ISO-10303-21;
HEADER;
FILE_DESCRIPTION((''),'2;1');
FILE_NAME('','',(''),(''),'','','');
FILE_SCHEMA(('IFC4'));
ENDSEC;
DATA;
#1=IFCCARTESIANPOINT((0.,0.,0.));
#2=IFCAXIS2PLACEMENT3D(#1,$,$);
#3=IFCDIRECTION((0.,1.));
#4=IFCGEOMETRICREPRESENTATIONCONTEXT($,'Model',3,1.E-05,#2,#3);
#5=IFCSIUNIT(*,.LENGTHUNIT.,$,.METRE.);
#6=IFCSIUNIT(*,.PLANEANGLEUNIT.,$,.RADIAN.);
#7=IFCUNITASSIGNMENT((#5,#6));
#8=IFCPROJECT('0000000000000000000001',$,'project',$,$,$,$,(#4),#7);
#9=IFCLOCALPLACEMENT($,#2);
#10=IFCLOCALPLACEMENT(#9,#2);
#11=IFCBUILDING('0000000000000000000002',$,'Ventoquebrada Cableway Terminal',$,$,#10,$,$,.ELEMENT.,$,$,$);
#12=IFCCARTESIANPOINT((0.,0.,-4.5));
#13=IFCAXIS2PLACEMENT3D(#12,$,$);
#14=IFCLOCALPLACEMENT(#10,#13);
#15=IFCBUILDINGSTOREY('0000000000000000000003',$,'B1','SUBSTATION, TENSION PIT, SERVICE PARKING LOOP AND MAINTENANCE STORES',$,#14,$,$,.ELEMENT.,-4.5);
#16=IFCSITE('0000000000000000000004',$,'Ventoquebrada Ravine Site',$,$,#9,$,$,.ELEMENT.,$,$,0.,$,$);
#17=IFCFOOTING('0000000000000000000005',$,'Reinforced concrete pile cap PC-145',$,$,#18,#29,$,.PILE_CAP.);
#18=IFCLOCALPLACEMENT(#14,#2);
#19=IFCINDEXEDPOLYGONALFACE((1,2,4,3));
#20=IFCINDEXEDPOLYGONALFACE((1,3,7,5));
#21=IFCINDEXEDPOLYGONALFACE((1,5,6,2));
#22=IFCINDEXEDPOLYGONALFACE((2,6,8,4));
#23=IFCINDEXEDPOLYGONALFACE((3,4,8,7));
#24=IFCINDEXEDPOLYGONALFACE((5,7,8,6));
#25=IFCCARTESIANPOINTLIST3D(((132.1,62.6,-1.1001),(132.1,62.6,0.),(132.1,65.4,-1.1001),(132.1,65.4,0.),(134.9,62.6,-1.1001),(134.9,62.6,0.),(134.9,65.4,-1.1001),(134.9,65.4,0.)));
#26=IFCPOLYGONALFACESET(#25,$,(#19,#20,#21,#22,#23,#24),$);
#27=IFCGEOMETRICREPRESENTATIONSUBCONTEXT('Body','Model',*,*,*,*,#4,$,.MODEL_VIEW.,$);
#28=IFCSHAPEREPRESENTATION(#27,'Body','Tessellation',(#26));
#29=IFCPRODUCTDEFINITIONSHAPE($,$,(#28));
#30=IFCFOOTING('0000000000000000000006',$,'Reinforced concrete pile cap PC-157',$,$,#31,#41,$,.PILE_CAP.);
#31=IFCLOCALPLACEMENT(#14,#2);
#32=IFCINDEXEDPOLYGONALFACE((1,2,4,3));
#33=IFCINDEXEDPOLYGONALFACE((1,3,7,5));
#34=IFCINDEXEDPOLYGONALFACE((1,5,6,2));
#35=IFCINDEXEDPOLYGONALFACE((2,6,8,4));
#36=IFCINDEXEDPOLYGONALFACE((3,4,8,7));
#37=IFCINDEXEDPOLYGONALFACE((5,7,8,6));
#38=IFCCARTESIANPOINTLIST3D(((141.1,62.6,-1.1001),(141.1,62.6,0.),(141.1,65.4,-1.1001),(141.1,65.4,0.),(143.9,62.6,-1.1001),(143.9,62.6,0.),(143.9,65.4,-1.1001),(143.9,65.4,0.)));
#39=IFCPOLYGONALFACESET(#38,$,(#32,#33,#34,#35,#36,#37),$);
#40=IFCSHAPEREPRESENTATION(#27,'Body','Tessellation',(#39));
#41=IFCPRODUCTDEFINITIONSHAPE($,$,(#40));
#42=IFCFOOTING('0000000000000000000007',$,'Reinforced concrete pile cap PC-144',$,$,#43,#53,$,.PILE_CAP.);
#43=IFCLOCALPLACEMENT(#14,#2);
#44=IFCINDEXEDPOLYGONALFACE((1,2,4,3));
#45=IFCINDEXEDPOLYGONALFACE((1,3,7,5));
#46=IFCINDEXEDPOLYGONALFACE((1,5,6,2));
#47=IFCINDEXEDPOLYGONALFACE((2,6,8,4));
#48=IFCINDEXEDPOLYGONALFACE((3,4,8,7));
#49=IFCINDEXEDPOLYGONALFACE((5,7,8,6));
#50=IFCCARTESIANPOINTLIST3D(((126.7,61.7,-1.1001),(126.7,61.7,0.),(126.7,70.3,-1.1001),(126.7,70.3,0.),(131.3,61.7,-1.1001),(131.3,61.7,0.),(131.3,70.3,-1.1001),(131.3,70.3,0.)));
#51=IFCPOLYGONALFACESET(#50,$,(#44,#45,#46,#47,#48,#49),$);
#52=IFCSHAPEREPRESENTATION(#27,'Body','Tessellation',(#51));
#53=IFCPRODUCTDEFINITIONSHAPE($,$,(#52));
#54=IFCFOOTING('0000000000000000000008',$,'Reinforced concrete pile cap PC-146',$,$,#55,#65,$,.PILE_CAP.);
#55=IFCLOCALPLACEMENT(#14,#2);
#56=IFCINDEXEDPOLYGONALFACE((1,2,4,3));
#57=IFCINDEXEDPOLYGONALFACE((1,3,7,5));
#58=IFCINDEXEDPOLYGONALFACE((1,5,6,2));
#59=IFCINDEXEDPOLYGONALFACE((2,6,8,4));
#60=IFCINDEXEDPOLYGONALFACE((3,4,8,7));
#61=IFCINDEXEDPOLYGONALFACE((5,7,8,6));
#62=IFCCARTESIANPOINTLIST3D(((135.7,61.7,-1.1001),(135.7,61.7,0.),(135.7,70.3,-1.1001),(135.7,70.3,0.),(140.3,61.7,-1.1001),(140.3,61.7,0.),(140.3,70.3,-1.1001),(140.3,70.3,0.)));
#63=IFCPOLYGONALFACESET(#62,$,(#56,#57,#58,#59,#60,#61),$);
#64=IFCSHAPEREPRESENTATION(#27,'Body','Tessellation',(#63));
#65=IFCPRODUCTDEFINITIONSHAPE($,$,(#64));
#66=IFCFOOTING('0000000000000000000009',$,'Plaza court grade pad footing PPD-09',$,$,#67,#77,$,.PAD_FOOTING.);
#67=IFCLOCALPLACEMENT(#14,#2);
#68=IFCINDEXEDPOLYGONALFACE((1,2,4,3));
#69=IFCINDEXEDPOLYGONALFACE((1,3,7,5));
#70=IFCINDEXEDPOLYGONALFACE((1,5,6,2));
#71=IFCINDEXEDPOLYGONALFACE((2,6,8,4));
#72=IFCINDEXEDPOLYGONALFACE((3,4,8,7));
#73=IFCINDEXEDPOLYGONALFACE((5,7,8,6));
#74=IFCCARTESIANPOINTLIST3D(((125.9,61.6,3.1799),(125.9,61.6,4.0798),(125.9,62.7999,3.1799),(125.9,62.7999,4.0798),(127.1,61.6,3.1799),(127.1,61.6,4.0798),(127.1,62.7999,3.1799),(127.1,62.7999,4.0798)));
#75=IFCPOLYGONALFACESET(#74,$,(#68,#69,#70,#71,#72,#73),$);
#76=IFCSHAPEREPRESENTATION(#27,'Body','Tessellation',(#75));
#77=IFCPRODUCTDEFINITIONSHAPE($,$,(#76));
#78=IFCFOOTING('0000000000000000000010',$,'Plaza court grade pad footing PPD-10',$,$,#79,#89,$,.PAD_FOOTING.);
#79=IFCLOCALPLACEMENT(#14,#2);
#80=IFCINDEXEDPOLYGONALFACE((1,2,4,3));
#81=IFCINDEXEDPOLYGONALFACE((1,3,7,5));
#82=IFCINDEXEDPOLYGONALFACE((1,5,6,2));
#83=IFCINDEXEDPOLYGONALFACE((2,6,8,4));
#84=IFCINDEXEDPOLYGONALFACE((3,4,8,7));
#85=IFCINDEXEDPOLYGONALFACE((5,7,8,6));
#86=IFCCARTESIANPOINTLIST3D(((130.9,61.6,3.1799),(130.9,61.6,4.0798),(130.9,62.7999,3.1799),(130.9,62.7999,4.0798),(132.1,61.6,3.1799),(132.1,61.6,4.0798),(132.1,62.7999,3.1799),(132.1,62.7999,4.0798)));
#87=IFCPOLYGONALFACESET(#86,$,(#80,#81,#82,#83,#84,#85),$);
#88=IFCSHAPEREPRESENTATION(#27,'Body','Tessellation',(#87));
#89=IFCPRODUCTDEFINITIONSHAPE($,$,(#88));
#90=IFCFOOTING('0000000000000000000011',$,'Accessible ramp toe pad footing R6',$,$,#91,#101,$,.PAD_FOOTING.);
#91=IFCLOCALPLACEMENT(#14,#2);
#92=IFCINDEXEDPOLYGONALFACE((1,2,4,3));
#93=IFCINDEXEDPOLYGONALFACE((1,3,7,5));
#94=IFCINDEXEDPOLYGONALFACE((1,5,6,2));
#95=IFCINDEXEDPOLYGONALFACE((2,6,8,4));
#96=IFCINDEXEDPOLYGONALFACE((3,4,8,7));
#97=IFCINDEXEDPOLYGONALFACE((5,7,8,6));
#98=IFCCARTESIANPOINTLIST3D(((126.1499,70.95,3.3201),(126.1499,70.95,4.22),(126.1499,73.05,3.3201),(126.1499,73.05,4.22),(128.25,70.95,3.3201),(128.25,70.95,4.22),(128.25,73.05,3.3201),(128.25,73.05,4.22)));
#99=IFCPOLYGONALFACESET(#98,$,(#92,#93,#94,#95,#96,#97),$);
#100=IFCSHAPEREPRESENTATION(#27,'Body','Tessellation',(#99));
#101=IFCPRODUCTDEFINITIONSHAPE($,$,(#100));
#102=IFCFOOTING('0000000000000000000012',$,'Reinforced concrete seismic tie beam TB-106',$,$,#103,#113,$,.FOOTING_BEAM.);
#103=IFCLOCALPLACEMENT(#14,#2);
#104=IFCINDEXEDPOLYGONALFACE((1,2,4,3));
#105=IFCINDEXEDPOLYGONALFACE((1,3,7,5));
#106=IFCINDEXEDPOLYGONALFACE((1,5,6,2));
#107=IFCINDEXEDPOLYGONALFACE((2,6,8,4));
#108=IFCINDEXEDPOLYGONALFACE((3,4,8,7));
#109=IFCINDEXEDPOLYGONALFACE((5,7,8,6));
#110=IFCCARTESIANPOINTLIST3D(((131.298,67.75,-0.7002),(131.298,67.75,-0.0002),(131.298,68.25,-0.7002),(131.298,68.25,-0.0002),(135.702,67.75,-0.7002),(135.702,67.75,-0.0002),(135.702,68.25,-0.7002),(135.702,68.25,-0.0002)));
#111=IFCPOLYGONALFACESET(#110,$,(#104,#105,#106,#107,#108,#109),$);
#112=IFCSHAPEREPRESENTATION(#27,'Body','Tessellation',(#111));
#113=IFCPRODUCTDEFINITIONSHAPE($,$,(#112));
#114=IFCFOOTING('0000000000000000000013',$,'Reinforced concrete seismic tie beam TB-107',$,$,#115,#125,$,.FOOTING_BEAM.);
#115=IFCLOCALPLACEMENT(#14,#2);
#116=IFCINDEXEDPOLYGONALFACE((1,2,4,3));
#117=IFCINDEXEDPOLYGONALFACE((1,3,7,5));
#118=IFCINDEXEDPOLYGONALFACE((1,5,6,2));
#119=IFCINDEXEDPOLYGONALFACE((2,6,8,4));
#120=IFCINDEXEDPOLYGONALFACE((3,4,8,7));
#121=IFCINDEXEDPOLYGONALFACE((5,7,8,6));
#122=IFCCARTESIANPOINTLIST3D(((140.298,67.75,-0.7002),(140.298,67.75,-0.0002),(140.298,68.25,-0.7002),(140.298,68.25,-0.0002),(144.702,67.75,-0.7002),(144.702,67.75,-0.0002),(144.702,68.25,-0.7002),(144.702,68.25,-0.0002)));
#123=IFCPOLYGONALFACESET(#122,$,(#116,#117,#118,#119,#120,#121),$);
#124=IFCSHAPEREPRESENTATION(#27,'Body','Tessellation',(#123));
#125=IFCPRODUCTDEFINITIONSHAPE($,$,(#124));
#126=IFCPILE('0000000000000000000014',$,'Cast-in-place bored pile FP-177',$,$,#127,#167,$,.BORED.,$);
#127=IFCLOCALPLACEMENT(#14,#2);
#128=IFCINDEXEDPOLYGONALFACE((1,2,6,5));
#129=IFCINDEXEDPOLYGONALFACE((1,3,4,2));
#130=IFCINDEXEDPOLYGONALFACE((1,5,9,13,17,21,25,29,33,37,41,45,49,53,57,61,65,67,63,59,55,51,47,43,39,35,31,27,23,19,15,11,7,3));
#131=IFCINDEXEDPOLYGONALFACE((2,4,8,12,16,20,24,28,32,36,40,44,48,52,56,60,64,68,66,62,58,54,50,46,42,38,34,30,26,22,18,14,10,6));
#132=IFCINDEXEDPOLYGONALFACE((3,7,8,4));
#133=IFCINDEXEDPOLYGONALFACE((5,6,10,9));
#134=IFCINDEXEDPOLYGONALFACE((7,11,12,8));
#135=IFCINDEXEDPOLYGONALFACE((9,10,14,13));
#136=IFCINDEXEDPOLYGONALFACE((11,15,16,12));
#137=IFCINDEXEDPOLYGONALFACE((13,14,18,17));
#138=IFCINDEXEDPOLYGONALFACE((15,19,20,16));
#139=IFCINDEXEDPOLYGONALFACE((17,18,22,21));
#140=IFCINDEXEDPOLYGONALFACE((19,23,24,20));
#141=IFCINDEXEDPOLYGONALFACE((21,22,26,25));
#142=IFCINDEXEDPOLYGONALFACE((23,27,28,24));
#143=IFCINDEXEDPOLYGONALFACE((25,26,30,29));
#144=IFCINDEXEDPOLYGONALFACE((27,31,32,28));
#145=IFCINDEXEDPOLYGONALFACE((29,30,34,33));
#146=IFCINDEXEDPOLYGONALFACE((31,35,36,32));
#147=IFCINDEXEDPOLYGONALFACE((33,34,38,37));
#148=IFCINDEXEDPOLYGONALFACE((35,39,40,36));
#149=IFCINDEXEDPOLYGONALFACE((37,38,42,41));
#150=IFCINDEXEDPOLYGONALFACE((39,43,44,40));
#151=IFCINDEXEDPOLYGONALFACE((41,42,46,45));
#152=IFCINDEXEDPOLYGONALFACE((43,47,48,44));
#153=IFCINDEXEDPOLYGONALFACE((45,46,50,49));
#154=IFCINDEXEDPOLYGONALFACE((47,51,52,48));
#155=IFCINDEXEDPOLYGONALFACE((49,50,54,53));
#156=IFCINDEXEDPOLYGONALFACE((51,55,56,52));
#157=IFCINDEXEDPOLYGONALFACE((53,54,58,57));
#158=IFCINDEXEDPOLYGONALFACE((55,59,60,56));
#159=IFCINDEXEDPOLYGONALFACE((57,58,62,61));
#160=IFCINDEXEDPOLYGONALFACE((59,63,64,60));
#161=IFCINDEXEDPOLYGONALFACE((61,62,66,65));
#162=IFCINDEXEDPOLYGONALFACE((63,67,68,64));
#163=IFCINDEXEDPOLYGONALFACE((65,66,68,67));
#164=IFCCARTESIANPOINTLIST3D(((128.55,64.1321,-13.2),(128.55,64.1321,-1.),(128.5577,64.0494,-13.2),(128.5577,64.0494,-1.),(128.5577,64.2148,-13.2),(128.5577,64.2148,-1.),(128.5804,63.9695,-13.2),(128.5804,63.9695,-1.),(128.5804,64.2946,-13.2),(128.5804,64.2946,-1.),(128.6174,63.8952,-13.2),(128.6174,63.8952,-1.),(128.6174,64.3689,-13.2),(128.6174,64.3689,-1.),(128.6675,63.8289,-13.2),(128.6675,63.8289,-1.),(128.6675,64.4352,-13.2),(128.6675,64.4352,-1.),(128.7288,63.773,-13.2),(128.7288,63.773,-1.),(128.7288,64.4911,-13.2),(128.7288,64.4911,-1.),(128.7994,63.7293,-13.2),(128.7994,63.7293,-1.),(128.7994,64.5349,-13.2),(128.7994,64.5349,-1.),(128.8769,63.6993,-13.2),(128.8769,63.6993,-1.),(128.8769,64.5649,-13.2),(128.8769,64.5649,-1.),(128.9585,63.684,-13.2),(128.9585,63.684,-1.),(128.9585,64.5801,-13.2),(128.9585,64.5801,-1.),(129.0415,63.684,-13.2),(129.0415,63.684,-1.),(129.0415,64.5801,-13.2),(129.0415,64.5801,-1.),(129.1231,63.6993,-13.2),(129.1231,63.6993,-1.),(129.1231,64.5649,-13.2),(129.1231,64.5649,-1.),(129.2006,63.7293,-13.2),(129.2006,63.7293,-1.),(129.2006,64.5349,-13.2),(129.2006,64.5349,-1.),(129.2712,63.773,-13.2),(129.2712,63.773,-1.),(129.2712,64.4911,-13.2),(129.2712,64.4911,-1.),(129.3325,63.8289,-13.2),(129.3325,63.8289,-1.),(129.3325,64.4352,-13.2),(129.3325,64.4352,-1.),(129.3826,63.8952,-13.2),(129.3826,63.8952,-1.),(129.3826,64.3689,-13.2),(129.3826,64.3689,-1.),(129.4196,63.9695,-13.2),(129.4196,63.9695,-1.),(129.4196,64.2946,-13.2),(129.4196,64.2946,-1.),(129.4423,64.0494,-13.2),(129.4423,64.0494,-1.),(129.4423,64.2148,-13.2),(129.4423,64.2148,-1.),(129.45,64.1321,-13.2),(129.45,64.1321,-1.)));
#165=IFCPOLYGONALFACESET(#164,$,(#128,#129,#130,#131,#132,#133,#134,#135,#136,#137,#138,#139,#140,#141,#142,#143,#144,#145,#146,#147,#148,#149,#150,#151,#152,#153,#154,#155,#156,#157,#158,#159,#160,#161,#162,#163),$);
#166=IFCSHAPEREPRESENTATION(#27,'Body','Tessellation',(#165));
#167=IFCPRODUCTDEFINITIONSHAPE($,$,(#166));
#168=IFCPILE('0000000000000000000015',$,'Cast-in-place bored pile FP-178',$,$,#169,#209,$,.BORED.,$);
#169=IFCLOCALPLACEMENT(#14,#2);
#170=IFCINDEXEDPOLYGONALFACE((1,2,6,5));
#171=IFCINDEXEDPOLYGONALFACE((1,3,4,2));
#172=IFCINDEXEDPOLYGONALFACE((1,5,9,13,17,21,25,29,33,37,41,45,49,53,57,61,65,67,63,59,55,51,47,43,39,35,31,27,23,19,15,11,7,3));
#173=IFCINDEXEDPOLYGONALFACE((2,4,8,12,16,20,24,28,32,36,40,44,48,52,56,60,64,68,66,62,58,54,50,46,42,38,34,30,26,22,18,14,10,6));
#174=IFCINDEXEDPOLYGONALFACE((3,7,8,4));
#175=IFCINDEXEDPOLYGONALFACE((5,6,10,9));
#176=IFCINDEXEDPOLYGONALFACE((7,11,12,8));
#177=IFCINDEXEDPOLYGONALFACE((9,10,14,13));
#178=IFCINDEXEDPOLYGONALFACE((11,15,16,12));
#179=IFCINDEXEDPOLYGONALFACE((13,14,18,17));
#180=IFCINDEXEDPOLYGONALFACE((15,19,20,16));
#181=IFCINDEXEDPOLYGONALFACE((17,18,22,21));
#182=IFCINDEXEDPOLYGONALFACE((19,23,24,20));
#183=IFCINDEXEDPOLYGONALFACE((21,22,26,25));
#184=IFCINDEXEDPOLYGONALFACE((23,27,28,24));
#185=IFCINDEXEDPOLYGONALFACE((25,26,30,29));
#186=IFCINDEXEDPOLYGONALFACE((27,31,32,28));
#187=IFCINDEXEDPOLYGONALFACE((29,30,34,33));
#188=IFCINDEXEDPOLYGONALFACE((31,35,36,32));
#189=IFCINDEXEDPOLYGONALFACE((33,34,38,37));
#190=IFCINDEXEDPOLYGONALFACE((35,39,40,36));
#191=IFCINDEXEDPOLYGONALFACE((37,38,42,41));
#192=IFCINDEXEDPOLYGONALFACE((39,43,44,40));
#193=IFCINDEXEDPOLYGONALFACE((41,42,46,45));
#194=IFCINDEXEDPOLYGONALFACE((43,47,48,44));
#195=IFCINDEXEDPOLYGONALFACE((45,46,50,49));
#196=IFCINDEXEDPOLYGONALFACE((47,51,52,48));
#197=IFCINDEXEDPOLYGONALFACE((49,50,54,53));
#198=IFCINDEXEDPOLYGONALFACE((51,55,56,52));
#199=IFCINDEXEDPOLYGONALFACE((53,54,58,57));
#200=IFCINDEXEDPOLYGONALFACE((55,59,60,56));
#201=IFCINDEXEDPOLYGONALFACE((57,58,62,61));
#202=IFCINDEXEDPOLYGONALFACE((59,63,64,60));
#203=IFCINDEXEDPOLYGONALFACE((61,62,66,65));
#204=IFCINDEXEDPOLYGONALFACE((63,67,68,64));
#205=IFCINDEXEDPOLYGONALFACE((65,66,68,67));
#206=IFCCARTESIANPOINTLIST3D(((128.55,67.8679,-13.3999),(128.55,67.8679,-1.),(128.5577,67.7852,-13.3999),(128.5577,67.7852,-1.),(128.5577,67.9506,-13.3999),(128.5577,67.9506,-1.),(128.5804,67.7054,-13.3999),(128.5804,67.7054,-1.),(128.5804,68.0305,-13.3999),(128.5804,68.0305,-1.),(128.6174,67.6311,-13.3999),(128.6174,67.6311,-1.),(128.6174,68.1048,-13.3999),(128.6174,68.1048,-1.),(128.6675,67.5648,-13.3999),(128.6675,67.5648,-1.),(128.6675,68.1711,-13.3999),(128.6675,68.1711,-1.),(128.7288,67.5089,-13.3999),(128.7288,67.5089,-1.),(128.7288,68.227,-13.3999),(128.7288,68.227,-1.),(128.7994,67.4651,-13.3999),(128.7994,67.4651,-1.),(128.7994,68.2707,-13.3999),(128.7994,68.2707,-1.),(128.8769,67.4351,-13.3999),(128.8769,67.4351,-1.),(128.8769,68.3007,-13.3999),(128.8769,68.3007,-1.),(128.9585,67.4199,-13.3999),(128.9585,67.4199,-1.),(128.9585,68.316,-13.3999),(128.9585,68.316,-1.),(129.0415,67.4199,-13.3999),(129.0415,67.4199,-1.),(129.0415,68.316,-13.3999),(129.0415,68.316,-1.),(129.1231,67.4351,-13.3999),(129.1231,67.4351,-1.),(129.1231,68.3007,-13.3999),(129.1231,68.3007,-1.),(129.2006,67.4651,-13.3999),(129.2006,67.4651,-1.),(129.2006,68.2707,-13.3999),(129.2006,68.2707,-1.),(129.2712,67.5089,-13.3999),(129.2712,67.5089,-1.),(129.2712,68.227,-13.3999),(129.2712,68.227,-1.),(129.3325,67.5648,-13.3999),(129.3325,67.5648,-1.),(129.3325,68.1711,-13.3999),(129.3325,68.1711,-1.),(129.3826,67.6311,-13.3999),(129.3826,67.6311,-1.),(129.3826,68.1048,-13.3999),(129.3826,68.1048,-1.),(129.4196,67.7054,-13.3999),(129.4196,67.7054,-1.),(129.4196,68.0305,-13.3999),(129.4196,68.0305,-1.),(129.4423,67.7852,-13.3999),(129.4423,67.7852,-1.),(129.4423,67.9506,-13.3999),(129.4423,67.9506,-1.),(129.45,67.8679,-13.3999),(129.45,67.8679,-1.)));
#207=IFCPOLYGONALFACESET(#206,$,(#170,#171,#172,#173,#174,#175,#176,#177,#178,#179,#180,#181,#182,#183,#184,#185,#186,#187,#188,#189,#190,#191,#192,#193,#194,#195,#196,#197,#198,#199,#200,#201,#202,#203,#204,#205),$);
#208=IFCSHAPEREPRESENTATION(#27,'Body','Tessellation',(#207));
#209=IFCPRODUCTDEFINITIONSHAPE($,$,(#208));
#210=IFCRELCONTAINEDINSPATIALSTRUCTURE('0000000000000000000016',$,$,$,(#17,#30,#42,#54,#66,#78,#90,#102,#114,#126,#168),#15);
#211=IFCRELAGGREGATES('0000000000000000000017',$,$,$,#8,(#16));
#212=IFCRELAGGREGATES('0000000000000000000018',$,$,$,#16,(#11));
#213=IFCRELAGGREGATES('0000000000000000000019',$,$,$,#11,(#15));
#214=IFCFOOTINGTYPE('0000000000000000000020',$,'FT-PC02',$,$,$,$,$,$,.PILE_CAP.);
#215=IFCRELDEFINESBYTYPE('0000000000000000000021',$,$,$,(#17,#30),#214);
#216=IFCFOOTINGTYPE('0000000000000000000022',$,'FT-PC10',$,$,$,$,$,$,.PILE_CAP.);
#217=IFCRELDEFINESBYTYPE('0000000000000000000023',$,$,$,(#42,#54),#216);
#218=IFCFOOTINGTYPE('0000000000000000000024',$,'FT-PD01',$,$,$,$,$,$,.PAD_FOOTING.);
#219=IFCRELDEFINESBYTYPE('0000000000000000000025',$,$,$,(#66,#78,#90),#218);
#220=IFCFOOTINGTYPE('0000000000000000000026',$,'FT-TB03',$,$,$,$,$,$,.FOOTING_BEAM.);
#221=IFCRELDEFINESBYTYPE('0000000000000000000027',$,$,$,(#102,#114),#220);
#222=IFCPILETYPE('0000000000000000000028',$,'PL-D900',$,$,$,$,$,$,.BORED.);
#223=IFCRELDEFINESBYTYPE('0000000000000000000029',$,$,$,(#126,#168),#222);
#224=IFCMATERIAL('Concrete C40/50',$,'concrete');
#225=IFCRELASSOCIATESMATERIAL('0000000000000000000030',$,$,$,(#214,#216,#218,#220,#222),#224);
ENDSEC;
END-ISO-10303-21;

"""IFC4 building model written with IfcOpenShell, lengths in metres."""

from ifc_helpers import new_model, si_unit, direction, frame, origin, origin_2d, place, context, subcontext, project, spatial, rectangle, circle, extrude, material, material_profile, profile_set, type_object, element, save


model = new_model("IFC4")

# Units and contexts
model_context = context("Model", 3, precision=1e-05, world=origin(), true_north=direction((0.0, 1.0)))
body_context = subcontext(model_context, "Body", "Model", "MODEL_VIEW")
ifc_project = project(units=[si_unit("LENGTHUNIT", "METRE"), si_unit("PLANEANGLEUNIT", "RADIAN")], contexts=[model_context])

# Site, building, storey
site_placement = place(None, origin())
site = spatial("IfcSite", under=ifc_project, at=site_placement, Name="Ventoquebrada Ravine Site", CompositionType="ELEMENT", RefElevation=0.0)
building_placement = place(site_placement, origin())
building = spatial("IfcBuilding", under=site, at=building_placement, Name="Ventoquebrada Cableway Terminal", CompositionType="ELEMENT")
storey_placement = place(building_placement, frame((0.0, 0.0, -4.5)))
storey = spatial("IfcBuildingStorey", under=building, at=storey_placement, Name="B1", Description="SUBSTATION, TENSION PIT, SERVICE PARKING LOOP AND MAINTENANCE STORES", CompositionType="ELEMENT", Elevation=-4.5)

# Footings
ifc_material_1 = material(Name="Concrete C40/50", Category="concrete")
footing_type_1 = type_object("IfcFootingType", Name="FT-PC02", PredefinedType="PILE_CAP", material=ifc_material_1)
for number, where, z_axis, x_axis, name in (
    (1, (133.5, 64.0, -1.1001), (0.0, 0.0, 1.0), (1.0, 0.0, 0.0), "Reinforced concrete pile cap PC-145"),
    (2, (142.5, 64.0, -1.1001), (0.0, 0.0, 1.0), (1.0, 0.0, 0.0), "Reinforced concrete pile cap PC-157"),
):
    element("IfcFooting", number, at=place(storey_placement, frame(where, z_axis=z_axis, x_axis=x_axis)), inside=storey, type_object=footing_type_1, Name=name, PredefinedType="PILE_CAP", context=body_context, shape_type="SweptSolid", body=[
        extrude(rectangle(XDim=2.8, YDim=2.8, at=origin_2d()), origin(), (0.0, 0.0, 1.0), 1.1001),
    ])
footing_type_2 = type_object("IfcFootingType", Name="FT-PC10", PredefinedType="PILE_CAP", material=ifc_material_1)
for number, where, z_axis, x_axis, name in (
    (3, (129.0, 66.0, -1.1001), (0.0, 0.0, 1.0), (1.0, 0.0, 0.0), "Reinforced concrete pile cap PC-144"),
    (4, (138.0, 66.0, -1.1001), (0.0, 0.0, 1.0), (1.0, 0.0, 0.0), "Reinforced concrete pile cap PC-146"),
):
    element("IfcFooting", number, at=place(storey_placement, frame(where, z_axis=z_axis, x_axis=x_axis)), inside=storey, type_object=footing_type_2, Name=name, PredefinedType="PILE_CAP", context=body_context, shape_type="SweptSolid", body=[
        extrude(rectangle(XDim=4.6001, YDim=8.6001, at=origin_2d()), origin(), (0.0, 0.0, 1.0), 1.1001),
    ])
footing_type_3 = type_object("IfcFootingType", Name="FT-PD01", PredefinedType="PAD_FOOTING", material=ifc_material_1)
for number, where, z_axis, x_axis, name in (
    (5, (126.5, 62.2, 3.1799), (0.0, 0.0, 1.0), (1.0, 0.0, 0.0), "Plaza court grade pad footing PPD-09"),
    (6, (131.5, 62.2, 3.1799), (0.0, 0.0, 1.0), (1.0, 0.0, 0.0), "Plaza court grade pad footing PPD-10"),
):
    element("IfcFooting", number, at=place(storey_placement, frame(where, z_axis=z_axis, x_axis=x_axis)), inside=storey, type_object=footing_type_3, Name=name, PredefinedType="PAD_FOOTING", context=body_context, shape_type="SweptSolid", body=[
        extrude(rectangle(XDim=1.2, YDim=1.2, at=origin_2d()), origin(), (0.0, 0.0, 1.0), 0.8999),
    ])
footing_placement = place(storey_placement, frame((127.2, 72.0, 3.3201), z_axis=(0.0, 0.0, 1.0), x_axis=(1.0, 0.0, 0.0)))
element("IfcFooting", 7, at=footing_placement, inside=storey, type_object=footing_type_3, Name="Accessible ramp toe pad footing R6", PredefinedType="PAD_FOOTING", context=body_context, shape_type="SweptSolid", body=[
    extrude(rectangle(XDim=2.1001, YDim=2.1001, at=origin_2d()), origin(), (0.0, 0.0, 1.0), 0.8999),
])
footing_type_4 = type_object("IfcFootingType", Name="FT-TB03", PredefinedType="FOOTING_BEAM", material=ifc_material_1)
for number, where, z_axis, x_axis, name in (
    (8, (133.5, 68.0, -0.7002), (0.0, 0.0, 1.0), (1.0, 0.0, 0.0), "Reinforced concrete seismic tie beam TB-106"),
    (9, (142.5, 68.0, -0.7002), (0.0, 0.0, 1.0), (1.0, 0.0, 0.0), "Reinforced concrete seismic tie beam TB-107"),
):
    element("IfcFooting", number, at=place(storey_placement, frame(where, z_axis=z_axis, x_axis=x_axis)), inside=storey, type_object=footing_type_4, Name=name, PredefinedType="FOOTING_BEAM", context=body_context, shape_type="SweptSolid", body=[
        extrude(rectangle(XDim=4.4041, YDim=0.5, at=origin_2d()), origin(), (0.0, 0.0, 1.0), 0.7),
    ])

# Piles
ifc_material_profile_1 = material_profile(ifc_material_1, circle(Radius=0.45, at=origin_2d()), Name="PILE-D900")
ifc_profile_set_1 = profile_set([ifc_material_profile_1], Name="Concrete C40/50")
pile_type = type_object("IfcPileType", Name="PL-D900", PredefinedType="BORED", material=ifc_profile_set_1)
pile_1_placement = place(storey_placement, frame((129.0, 64.1321, -1.0), z_axis=(0.0, 0.0, -1.0), x_axis=(1.0, 0.0, 0.0)))
element("IfcPile", 10, at=pile_1_placement, inside=storey, type_object=pile_type, Name="Cast-in-place bored pile FP-177", PredefinedType="BORED", context=body_context, shape_type="SweptSolid", body=[
    extrude(circle(Radius=0.45, at=origin_2d()), origin(), (0.0, 0.0, 1.0), 12.2),
])
pile_2_placement = place(storey_placement, frame((129.0, 67.8679, -1.0), z_axis=(0.0, 0.0, -1.0), x_axis=(1.0, 0.0, 0.0)))
element("IfcPile", 11, at=pile_2_placement, inside=storey, type_object=pile_type, Name="Cast-in-place bored pile FP-178", PredefinedType="BORED", context=body_context, shape_type="SweptSolid", body=[
    extrude(circle(Radius=0.45, at=origin_2d()), origin(), (0.0, 0.0, 1.0), 12.3999),
])

save(model, "model.ifc")
